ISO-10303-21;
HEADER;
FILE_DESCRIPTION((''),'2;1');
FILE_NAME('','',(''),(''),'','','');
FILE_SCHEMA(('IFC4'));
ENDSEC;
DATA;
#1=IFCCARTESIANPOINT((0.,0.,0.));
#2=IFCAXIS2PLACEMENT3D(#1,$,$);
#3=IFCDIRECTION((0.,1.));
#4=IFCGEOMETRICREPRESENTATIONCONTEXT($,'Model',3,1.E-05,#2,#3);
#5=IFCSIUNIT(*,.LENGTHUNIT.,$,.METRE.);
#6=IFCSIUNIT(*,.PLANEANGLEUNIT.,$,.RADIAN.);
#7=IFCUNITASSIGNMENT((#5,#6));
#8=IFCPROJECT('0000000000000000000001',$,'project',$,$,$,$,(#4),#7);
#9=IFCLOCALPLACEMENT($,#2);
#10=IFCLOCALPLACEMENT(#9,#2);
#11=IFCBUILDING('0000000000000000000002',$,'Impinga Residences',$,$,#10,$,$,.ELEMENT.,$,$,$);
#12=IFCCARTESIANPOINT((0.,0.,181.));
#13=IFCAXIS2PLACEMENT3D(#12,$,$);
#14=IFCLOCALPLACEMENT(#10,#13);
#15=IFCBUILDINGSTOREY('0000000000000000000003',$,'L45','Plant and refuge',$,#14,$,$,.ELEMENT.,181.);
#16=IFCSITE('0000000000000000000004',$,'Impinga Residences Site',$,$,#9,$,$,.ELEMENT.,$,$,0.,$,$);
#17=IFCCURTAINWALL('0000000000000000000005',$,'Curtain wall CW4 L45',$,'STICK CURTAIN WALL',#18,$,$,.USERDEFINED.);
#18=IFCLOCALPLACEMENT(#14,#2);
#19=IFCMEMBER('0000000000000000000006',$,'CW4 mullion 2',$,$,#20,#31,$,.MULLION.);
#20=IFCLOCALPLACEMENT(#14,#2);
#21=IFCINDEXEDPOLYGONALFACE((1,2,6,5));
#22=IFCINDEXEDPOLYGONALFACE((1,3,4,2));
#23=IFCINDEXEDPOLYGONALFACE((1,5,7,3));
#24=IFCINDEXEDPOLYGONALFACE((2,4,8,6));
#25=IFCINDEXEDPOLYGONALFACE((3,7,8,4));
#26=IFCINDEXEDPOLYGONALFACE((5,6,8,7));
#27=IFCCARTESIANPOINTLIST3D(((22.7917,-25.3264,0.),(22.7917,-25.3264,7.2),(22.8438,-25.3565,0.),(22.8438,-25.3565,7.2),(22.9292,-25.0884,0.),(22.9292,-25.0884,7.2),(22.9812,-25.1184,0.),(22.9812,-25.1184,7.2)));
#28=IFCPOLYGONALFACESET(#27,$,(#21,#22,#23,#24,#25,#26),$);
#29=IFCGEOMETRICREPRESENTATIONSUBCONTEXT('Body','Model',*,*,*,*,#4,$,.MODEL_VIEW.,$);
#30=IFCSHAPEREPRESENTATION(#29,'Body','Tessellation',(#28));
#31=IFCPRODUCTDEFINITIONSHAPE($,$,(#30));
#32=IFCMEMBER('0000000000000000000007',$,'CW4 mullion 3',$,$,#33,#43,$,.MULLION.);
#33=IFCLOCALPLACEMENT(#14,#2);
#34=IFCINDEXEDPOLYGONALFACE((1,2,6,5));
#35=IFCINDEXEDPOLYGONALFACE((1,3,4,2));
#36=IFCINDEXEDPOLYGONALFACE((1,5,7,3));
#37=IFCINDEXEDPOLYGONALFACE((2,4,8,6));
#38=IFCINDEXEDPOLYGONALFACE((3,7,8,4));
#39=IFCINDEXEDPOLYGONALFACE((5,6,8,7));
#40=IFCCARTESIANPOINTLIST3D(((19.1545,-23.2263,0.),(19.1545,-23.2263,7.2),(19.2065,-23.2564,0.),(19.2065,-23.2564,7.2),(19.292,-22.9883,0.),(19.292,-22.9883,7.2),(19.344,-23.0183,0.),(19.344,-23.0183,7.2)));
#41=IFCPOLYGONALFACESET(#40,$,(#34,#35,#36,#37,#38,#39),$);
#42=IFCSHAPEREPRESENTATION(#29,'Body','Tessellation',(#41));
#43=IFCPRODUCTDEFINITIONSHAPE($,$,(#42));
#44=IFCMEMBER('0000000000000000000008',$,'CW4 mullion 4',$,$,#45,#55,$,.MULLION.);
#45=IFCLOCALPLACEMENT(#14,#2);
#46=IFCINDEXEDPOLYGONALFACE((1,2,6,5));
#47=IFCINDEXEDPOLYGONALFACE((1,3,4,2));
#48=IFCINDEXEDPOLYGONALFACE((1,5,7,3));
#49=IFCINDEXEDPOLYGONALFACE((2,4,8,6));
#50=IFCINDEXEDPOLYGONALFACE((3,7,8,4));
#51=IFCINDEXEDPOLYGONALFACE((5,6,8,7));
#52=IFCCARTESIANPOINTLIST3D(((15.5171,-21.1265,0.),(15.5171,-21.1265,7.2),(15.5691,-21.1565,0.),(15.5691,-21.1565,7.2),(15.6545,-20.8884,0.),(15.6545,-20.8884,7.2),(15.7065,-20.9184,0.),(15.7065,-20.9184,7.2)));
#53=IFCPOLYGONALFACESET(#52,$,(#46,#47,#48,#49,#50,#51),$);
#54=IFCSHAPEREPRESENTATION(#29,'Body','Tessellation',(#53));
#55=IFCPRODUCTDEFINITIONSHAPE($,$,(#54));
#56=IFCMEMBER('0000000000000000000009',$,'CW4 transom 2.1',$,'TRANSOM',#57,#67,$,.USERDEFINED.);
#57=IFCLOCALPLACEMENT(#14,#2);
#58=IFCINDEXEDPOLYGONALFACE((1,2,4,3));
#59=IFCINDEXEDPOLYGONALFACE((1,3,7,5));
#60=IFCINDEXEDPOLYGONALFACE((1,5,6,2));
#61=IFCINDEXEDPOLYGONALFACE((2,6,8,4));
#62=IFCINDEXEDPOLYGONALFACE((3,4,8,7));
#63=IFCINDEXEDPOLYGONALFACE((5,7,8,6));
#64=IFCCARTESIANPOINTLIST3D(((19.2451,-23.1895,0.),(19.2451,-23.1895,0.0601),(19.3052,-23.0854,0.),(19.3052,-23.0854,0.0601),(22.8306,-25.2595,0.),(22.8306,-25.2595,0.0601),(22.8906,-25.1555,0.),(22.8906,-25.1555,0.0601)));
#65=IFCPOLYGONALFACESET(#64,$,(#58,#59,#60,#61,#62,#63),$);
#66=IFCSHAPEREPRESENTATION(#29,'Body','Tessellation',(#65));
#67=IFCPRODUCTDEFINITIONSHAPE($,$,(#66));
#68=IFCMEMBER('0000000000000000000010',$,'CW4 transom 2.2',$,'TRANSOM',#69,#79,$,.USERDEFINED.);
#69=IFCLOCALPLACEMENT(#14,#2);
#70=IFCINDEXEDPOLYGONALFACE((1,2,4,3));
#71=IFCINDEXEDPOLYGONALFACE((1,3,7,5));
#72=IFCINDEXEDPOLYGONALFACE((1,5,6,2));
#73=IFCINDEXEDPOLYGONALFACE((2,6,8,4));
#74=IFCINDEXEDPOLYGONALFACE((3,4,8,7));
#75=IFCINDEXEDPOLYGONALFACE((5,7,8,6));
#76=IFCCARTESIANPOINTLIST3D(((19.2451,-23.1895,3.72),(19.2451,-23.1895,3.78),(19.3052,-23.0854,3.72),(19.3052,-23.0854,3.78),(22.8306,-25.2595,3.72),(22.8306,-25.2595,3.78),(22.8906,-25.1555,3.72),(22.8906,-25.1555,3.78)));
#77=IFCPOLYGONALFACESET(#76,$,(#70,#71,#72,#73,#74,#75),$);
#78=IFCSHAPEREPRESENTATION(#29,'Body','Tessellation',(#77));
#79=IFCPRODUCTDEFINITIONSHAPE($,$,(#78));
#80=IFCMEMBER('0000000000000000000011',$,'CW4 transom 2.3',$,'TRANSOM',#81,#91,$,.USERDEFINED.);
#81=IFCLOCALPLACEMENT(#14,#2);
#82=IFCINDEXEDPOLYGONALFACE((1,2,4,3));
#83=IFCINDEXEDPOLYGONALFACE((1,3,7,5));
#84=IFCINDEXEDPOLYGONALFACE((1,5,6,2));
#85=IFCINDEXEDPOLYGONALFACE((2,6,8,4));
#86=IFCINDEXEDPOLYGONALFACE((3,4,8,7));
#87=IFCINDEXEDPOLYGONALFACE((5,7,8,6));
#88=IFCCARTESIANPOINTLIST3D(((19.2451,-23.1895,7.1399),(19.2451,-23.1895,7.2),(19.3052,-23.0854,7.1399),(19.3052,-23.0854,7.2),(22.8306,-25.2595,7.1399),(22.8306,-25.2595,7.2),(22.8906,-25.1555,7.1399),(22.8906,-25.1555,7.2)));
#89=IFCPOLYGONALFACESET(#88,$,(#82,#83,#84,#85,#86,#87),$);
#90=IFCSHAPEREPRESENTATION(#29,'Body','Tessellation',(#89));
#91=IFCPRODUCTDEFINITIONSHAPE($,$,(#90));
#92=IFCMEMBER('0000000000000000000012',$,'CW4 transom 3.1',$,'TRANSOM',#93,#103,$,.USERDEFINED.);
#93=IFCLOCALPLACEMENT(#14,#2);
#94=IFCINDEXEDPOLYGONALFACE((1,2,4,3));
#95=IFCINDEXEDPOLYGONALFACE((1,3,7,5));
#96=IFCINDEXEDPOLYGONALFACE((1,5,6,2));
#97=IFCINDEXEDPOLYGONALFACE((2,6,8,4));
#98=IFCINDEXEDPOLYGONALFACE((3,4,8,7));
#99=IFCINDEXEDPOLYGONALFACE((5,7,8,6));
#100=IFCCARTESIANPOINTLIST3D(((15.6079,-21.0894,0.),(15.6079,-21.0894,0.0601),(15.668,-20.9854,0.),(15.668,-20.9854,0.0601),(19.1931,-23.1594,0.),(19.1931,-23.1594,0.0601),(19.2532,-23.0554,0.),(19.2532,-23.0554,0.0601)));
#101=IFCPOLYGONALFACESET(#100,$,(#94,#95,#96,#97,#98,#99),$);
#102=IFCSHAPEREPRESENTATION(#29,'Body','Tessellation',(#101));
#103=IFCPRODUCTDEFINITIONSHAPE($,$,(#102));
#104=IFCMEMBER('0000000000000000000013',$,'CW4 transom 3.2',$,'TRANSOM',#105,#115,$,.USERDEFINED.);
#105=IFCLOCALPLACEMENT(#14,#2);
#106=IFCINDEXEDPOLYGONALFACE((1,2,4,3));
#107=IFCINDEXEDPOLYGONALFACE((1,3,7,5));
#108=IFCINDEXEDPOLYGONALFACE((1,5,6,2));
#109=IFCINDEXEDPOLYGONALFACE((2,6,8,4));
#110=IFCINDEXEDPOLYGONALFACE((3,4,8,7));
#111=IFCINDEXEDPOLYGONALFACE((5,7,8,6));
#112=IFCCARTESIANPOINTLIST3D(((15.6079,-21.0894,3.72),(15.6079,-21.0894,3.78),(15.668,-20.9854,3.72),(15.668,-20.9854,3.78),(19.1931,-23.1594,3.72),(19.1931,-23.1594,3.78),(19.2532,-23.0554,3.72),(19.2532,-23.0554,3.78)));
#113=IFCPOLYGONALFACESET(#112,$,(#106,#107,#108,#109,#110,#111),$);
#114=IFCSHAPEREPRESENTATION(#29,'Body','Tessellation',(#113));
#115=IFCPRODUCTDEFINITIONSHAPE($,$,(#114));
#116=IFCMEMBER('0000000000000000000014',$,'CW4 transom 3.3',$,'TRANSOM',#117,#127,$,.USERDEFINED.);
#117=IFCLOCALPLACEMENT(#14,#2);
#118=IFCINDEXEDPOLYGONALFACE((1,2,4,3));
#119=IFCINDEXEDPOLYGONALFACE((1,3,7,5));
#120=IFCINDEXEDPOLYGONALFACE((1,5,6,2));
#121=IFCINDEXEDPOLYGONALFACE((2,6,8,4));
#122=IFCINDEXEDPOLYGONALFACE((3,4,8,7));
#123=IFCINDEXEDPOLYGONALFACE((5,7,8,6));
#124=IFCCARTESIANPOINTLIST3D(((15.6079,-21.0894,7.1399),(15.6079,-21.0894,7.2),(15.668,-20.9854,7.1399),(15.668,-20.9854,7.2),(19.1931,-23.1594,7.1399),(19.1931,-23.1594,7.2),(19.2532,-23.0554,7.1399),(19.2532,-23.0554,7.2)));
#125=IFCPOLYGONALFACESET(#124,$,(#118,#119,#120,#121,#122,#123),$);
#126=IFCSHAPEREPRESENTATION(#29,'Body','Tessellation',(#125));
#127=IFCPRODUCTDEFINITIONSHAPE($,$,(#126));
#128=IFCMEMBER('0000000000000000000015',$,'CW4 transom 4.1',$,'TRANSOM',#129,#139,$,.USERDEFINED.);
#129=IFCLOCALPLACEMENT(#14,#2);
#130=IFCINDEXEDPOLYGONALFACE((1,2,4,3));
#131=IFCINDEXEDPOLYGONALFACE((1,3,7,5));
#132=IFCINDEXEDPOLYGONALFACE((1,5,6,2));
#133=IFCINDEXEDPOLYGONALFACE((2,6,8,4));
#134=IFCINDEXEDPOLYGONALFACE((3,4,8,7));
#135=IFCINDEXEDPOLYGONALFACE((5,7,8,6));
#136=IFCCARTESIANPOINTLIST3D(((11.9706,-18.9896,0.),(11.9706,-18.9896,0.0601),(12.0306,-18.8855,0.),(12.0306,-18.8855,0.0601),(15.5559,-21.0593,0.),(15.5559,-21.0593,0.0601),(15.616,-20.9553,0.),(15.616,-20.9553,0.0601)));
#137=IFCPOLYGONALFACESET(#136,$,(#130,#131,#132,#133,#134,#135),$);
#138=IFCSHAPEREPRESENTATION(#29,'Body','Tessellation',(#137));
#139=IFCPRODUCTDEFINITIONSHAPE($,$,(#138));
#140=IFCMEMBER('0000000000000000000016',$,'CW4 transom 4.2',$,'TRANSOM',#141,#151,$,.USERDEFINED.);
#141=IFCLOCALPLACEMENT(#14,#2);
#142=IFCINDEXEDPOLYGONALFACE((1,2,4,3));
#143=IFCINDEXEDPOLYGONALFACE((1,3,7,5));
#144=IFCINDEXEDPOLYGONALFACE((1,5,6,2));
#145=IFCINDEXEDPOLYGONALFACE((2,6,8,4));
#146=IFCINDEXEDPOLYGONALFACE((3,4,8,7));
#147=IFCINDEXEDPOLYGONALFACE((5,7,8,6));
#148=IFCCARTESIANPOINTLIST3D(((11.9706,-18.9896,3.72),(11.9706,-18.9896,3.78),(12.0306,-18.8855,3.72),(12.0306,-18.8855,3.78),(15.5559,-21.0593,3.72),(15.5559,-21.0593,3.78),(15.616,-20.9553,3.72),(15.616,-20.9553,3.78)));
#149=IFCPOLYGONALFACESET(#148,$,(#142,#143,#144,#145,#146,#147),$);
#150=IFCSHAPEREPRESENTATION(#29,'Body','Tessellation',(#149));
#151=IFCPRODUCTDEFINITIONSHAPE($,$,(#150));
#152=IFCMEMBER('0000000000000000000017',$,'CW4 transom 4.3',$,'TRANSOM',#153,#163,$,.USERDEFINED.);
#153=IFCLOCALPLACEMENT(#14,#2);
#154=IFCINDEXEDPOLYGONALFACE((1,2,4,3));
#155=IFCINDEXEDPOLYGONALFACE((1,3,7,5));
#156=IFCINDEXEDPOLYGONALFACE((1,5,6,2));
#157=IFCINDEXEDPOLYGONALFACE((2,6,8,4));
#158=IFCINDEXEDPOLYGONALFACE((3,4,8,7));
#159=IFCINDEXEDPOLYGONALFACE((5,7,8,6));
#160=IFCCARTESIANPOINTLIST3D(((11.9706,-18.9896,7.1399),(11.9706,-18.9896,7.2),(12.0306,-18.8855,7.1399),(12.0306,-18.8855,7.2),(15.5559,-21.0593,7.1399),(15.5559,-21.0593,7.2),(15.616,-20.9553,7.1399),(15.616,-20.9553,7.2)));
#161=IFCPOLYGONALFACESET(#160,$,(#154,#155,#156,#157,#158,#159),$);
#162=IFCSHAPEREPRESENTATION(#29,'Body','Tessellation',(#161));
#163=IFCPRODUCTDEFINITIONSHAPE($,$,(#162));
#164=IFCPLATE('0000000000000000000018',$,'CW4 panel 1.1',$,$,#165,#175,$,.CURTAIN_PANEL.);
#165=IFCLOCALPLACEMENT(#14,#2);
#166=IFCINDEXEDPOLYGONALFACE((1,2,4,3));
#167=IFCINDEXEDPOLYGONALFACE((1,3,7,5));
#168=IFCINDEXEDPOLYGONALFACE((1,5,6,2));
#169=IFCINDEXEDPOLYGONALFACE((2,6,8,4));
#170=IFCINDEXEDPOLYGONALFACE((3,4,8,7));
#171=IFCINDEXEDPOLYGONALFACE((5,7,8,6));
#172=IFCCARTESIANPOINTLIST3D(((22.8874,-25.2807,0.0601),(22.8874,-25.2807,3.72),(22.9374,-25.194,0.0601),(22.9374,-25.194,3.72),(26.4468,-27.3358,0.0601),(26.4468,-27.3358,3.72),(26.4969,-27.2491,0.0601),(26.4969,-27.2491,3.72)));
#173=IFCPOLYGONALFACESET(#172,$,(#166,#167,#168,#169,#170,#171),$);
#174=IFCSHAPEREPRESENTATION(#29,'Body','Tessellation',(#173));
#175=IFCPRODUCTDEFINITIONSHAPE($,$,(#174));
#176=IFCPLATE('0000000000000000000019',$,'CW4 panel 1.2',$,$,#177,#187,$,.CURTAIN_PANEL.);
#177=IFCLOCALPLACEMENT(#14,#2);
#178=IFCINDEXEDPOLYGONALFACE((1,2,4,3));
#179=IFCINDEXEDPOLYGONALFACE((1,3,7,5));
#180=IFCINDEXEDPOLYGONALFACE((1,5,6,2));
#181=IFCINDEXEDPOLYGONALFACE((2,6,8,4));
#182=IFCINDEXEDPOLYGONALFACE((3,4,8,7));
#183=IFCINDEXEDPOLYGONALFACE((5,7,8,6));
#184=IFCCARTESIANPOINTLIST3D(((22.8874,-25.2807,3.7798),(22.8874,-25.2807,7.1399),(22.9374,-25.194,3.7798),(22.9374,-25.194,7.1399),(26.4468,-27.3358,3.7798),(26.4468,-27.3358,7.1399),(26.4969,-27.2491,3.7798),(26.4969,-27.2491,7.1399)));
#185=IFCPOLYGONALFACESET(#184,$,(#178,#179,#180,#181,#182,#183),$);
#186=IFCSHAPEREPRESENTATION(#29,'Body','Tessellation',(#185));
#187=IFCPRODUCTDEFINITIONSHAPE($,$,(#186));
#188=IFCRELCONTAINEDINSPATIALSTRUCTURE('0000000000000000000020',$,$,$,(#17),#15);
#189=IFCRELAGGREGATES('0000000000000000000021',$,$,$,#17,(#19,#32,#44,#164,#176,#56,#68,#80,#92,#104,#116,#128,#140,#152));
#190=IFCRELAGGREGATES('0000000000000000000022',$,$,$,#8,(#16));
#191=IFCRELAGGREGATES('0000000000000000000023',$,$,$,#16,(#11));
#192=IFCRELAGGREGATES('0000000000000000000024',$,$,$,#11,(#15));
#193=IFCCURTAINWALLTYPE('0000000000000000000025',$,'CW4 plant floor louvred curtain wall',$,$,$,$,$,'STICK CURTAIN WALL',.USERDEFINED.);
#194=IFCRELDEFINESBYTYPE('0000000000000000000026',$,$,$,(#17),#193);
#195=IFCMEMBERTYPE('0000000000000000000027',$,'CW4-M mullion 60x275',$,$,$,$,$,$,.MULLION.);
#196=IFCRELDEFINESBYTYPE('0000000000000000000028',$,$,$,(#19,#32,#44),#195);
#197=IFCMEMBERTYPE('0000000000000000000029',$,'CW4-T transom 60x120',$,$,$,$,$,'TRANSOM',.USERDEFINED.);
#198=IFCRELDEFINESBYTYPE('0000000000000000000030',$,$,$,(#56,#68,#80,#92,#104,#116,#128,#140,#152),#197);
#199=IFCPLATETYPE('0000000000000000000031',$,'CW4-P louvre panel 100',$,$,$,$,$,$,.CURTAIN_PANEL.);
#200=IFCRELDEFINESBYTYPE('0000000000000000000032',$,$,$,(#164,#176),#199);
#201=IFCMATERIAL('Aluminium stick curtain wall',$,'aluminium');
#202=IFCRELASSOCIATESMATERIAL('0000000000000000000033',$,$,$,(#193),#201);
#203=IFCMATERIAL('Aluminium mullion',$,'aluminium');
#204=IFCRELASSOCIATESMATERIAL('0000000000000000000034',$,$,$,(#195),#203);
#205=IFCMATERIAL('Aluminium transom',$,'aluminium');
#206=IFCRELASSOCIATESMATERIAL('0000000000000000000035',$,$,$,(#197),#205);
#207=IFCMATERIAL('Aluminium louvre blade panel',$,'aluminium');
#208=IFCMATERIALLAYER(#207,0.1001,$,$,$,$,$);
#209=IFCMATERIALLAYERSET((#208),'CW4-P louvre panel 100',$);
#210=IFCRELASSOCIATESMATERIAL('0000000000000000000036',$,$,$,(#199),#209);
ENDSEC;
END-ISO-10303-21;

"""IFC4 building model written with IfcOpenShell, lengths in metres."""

from ifc_helpers import new_model, si_unit, direction, frame, origin, origin_2d, place, context, subcontext, project, spatial, rectangle, extrude, material, layer, layer_set, material_profile, profile_set, type_object, element, aggregate, save


model = new_model("IFC4")

# Units and contexts
model_context = context("Model", 3, precision=1e-05, world=origin(), true_north=direction((0.0, 1.0)))
body_context = subcontext(model_context, "Body", "Model", "MODEL_VIEW")
ifc_project = project(units=[si_unit("LENGTHUNIT", "METRE"), si_unit("PLANEANGLEUNIT", "RADIAN")], contexts=[model_context])

# Site, building, storey
site_placement = place(None, origin())
site = spatial("IfcSite", under=ifc_project, at=site_placement, Name="Impinga Residences Site", CompositionType="ELEMENT", RefElevation=0.0)
building_placement = place(site_placement, origin())
building = spatial("IfcBuilding", under=site, at=building_placement, Name="Impinga Residences", CompositionType="ELEMENT")
storey_placement = place(building_placement, frame((0.0, 0.0, 181.0)))
storey = spatial("IfcBuildingStorey", under=building, at=storey_placement, Name="L45", Description="Plant and refuge", CompositionType="ELEMENT", Elevation=181.0)

# Curtain wall, members, plates
ifc_material_1 = material(Name="Aluminium stick curtain wall", Category="aluminium")
curtain_wall_type = type_object("IfcCurtainWallType", Name="CW4 plant floor louvred curtain wall", ElementType="STICK CURTAIN WALL", PredefinedType="USERDEFINED", material=ifc_material_1)
curtain_wall_placement = place(storey_placement, origin())
curtain_wall = element("IfcCurtainWall", 1, at=curtain_wall_placement, inside=storey, type_object=curtain_wall_type, Name="Curtain wall CW4 L45", ObjectType="STICK CURTAIN WALL", PredefinedType="USERDEFINED")
ifc_material_2 = material(Name="Aluminium mullion", Category="aluminium")
ifc_material_profile_1 = material_profile(ifc_material_2, rectangle(XDim=0.0601, YDim=0.2749, at=origin_2d()), Name="60x275 mullion")
ifc_profile_set_1 = profile_set([ifc_material_profile_1], Name="Aluminium mullion")
member_type_1 = type_object("IfcMemberType", Name="CW4-M mullion 60x275", PredefinedType="MULLION", material=ifc_profile_set_1)
member_1_placement = place(storey_placement, frame((22.8865, -25.2224, 0.0), z_axis=(0.0, 0.0, 1.0), x_axis=(-0.866025, 0.5, 0.0)))
member_1 = element("IfcMember", 2, at=member_1_placement, type_object=member_type_1, Name="CW4 mullion 2", PredefinedType="MULLION", context=body_context, shape_type="SweptSolid", body=[
    extrude(rectangle(XDim=0.0601, YDim=0.2749, at=origin_2d()), origin(), (0.0, 0.0, 1.0), 7.2),
])
member_2_placement = place(storey_placement, frame((19.2493, -23.1223, 0.0), z_axis=(0.0, 0.0, 1.0), x_axis=(-0.866025, 0.5, 0.0)))
member_2 = element("IfcMember", 3, at=member_2_placement, type_object=member_type_1, Name="CW4 mullion 3", PredefinedType="MULLION", context=body_context, shape_type="SweptSolid", body=[
    extrude(rectangle(XDim=0.0601, YDim=0.2749, at=origin_2d()), origin(), (0.0, 0.0, 1.0), 7.2),
])
member_3_placement = place(storey_placement, frame((15.6118, -21.0225, 0.0), z_axis=(0.0, 0.0, 1.0), x_axis=(-0.866025, 0.5, 0.0)))
member_3 = element("IfcMember", 4, at=member_3_placement, type_object=member_type_1, Name="CW4 mullion 4", PredefinedType="MULLION", context=body_context, shape_type="SweptSolid", body=[
    extrude(rectangle(XDim=0.0601, YDim=0.2749, at=origin_2d()), origin(), (0.0, 0.0, 1.0), 7.2),
])
ifc_material_3 = material(Name="Aluminium transom", Category="aluminium")
ifc_material_profile_2 = material_profile(ifc_material_3, rectangle(XDim=0.0601, YDim=0.1201, at=origin_2d()), Name="60x120 transom")
ifc_profile_set_2 = profile_set([ifc_material_profile_2], Name="Aluminium transom")
member_type_2 = type_object("IfcMemberType", Name="CW4-T transom 60x120", ElementType="TRANSOM", PredefinedType="USERDEFINED", material=ifc_profile_set_2)
member_4_placement = place(storey_placement, frame((22.8606, -25.2075, 0.03), z_axis=(-0.866025, 0.500002, 0.0), x_axis=(0.0, 0.0, 1.0)))
member_4 = element("IfcMember", 5, at=member_4_placement, type_object=member_type_2, Name="CW4 transom 2.1", ObjectType="TRANSOM", PredefinedType="USERDEFINED", context=body_context, shape_type="SweptSolid", body=[
    extrude(rectangle(XDim=0.0601, YDim=0.1201, at=origin_2d()), origin(), (0.0, 0.0, 1.0), 4.1401),
])
member_5_placement = place(storey_placement, frame((22.8606, -25.2075, 3.75), z_axis=(-0.866025, 0.500002, 0.0), x_axis=(0.0, 0.0, 1.0)))
member_5 = element("IfcMember", 6, at=member_5_placement, type_object=member_type_2, Name="CW4 transom 2.2", ObjectType="TRANSOM", PredefinedType="USERDEFINED", context=body_context, shape_type="SweptSolid", body=[
    extrude(rectangle(XDim=0.0601, YDim=0.1201, at=origin_2d()), origin(), (0.0, 0.0, 1.0), 4.1401),
])
member_6_placement = place(storey_placement, frame((22.8606, -25.2075, 7.1699), z_axis=(-0.866025, 0.500002, 0.0), x_axis=(0.0, 0.0, 1.0)))
member_6 = element("IfcMember", 7, at=member_6_placement, type_object=member_type_2, Name="CW4 transom 2.3", ObjectType="TRANSOM", PredefinedType="USERDEFINED", context=body_context, shape_type="SweptSolid", body=[
    extrude(rectangle(XDim=0.0601, YDim=0.1201, at=origin_2d()), origin(), (0.0, 0.0, 1.0), 4.1401),
])
member_7_placement = place(storey_placement, frame((19.2231, -23.1074, 0.03), z_axis=(-0.86601, 0.500027, 0.0), x_axis=(0.0, 0.0, 1.0)))
member_7 = element("IfcMember", 8, at=member_7_placement, type_object=member_type_2, Name="CW4 transom 3.1", ObjectType="TRANSOM", PredefinedType="USERDEFINED", context=body_context, shape_type="SweptSolid", body=[
    extrude(rectangle(XDim=0.0601, YDim=0.1201, at=origin_2d()), origin(), (0.0, 0.0, 1.0), 4.1399),
])
member_8_placement = place(storey_placement, frame((19.2231, -23.1074, 3.75), z_axis=(-0.86601, 0.500027, 0.0), x_axis=(0.0, 0.0, 1.0)))
member_8 = element("IfcMember", 9, at=member_8_placement, type_object=member_type_2, Name="CW4 transom 3.2", ObjectType="TRANSOM", PredefinedType="USERDEFINED", context=body_context, shape_type="SweptSolid", body=[
    extrude(rectangle(XDim=0.0601, YDim=0.1201, at=origin_2d()), origin(), (0.0, 0.0, 1.0), 4.1399),
])
member_9_placement = place(storey_placement, frame((19.2231, -23.1074, 7.1699), z_axis=(-0.86601, 0.500027, 0.0), x_axis=(0.0, 0.0, 1.0)))
member_9 = element("IfcMember", 10, at=member_9_placement, type_object=member_type_2, Name="CW4 transom 3.3", ObjectType="TRANSOM", PredefinedType="USERDEFINED", context=body_context, shape_type="SweptSolid", body=[
    extrude(rectangle(XDim=0.0601, YDim=0.1201, at=origin_2d()), origin(), (0.0, 0.0, 1.0), 4.1399),
])
member_10_placement = place(storey_placement, frame((15.5859, -21.0073, 0.03), z_axis=(-0.86605, 0.499957, 0.0), x_axis=(0.0, 0.0, 1.0)))
member_10 = element("IfcMember", 11, at=member_10_placement, type_object=member_type_2, Name="CW4 transom 4.1", ObjectType="TRANSOM", PredefinedType="USERDEFINED", context=body_context, shape_type="SweptSolid", body=[
    extrude(rectangle(XDim=0.0601, YDim=0.1201, at=origin_2d()), origin(), (0.0, 0.0, 1.0), 4.1399),
])
member_11_placement = place(storey_placement, frame((15.5859, -21.0073, 3.75), z_axis=(-0.86605, 0.499957, 0.0), x_axis=(0.0, 0.0, 1.0)))
member_11 = element("IfcMember", 12, at=member_11_placement, type_object=member_type_2, Name="CW4 transom 4.2", ObjectType="TRANSOM", PredefinedType="USERDEFINED", context=body_context, shape_type="SweptSolid", body=[
    extrude(rectangle(XDim=0.0601, YDim=0.1201, at=origin_2d()), origin(), (0.0, 0.0, 1.0), 4.1399),
])
member_12_placement = place(storey_placement, frame((15.5859, -21.0073, 7.1699), z_axis=(-0.86605, 0.499957, 0.0), x_axis=(0.0, 0.0, 1.0)))
member_12 = element("IfcMember", 13, at=member_12_placement, type_object=member_type_2, Name="CW4 transom 4.3", ObjectType="TRANSOM", PredefinedType="USERDEFINED", context=body_context, shape_type="SweptSolid", body=[
    extrude(rectangle(XDim=0.0601, YDim=0.1201, at=origin_2d()), origin(), (0.0, 0.0, 1.0), 4.1399),
])
ifc_material_4 = material(Name="Aluminium louvre blade panel", Category="aluminium")
ifc_layer = layer(ifc_material_4, 0.1001)
ifc_layer_set = layer_set([ifc_layer], Name="CW4-P louvre panel 100")
plate_type = type_object("IfcPlateType", Name="CW4-P louvre panel 100", PredefinedType="CURTAIN_PANEL", material=ifc_layer_set)
plate_1_placement = place(storey_placement, frame((24.6921, -26.2649, 0.0601), z_axis=(0.0, 0.0, 1.0), x_axis=(-0.866025, 0.5, 0.0)))
plate_1 = element("IfcPlate", 14, at=plate_1_placement, type_object=plate_type, Name="CW4 panel 1.1", PredefinedType="CURTAIN_PANEL", context=body_context, shape_type="SweptSolid", body=[
    extrude(rectangle(XDim=4.1101, YDim=0.1001, at=origin_2d()), origin(), (0.0, 0.0, 1.0), 3.6599),
])
plate_2_placement = place(storey_placement, frame((24.6921, -26.2649, 3.7798), z_axis=(0.0, 0.0, 1.0), x_axis=(-0.866025, 0.5, 0.0)))
plate_2 = element("IfcPlate", 15, at=plate_2_placement, type_object=plate_type, Name="CW4 panel 1.2", PredefinedType="CURTAIN_PANEL", context=body_context, shape_type="SweptSolid", body=[
    extrude(rectangle(XDim=4.1101, YDim=0.1001, at=origin_2d()), origin(), (0.0, 0.0, 1.0), 3.3601),
])
aggregate(curtain_wall, [member_1, member_2, member_3, plate_1, plate_2, member_4, member_5, member_6, member_7, member_8, member_9, member_10, member_11, member_12])

save(model, "model.ifc")
